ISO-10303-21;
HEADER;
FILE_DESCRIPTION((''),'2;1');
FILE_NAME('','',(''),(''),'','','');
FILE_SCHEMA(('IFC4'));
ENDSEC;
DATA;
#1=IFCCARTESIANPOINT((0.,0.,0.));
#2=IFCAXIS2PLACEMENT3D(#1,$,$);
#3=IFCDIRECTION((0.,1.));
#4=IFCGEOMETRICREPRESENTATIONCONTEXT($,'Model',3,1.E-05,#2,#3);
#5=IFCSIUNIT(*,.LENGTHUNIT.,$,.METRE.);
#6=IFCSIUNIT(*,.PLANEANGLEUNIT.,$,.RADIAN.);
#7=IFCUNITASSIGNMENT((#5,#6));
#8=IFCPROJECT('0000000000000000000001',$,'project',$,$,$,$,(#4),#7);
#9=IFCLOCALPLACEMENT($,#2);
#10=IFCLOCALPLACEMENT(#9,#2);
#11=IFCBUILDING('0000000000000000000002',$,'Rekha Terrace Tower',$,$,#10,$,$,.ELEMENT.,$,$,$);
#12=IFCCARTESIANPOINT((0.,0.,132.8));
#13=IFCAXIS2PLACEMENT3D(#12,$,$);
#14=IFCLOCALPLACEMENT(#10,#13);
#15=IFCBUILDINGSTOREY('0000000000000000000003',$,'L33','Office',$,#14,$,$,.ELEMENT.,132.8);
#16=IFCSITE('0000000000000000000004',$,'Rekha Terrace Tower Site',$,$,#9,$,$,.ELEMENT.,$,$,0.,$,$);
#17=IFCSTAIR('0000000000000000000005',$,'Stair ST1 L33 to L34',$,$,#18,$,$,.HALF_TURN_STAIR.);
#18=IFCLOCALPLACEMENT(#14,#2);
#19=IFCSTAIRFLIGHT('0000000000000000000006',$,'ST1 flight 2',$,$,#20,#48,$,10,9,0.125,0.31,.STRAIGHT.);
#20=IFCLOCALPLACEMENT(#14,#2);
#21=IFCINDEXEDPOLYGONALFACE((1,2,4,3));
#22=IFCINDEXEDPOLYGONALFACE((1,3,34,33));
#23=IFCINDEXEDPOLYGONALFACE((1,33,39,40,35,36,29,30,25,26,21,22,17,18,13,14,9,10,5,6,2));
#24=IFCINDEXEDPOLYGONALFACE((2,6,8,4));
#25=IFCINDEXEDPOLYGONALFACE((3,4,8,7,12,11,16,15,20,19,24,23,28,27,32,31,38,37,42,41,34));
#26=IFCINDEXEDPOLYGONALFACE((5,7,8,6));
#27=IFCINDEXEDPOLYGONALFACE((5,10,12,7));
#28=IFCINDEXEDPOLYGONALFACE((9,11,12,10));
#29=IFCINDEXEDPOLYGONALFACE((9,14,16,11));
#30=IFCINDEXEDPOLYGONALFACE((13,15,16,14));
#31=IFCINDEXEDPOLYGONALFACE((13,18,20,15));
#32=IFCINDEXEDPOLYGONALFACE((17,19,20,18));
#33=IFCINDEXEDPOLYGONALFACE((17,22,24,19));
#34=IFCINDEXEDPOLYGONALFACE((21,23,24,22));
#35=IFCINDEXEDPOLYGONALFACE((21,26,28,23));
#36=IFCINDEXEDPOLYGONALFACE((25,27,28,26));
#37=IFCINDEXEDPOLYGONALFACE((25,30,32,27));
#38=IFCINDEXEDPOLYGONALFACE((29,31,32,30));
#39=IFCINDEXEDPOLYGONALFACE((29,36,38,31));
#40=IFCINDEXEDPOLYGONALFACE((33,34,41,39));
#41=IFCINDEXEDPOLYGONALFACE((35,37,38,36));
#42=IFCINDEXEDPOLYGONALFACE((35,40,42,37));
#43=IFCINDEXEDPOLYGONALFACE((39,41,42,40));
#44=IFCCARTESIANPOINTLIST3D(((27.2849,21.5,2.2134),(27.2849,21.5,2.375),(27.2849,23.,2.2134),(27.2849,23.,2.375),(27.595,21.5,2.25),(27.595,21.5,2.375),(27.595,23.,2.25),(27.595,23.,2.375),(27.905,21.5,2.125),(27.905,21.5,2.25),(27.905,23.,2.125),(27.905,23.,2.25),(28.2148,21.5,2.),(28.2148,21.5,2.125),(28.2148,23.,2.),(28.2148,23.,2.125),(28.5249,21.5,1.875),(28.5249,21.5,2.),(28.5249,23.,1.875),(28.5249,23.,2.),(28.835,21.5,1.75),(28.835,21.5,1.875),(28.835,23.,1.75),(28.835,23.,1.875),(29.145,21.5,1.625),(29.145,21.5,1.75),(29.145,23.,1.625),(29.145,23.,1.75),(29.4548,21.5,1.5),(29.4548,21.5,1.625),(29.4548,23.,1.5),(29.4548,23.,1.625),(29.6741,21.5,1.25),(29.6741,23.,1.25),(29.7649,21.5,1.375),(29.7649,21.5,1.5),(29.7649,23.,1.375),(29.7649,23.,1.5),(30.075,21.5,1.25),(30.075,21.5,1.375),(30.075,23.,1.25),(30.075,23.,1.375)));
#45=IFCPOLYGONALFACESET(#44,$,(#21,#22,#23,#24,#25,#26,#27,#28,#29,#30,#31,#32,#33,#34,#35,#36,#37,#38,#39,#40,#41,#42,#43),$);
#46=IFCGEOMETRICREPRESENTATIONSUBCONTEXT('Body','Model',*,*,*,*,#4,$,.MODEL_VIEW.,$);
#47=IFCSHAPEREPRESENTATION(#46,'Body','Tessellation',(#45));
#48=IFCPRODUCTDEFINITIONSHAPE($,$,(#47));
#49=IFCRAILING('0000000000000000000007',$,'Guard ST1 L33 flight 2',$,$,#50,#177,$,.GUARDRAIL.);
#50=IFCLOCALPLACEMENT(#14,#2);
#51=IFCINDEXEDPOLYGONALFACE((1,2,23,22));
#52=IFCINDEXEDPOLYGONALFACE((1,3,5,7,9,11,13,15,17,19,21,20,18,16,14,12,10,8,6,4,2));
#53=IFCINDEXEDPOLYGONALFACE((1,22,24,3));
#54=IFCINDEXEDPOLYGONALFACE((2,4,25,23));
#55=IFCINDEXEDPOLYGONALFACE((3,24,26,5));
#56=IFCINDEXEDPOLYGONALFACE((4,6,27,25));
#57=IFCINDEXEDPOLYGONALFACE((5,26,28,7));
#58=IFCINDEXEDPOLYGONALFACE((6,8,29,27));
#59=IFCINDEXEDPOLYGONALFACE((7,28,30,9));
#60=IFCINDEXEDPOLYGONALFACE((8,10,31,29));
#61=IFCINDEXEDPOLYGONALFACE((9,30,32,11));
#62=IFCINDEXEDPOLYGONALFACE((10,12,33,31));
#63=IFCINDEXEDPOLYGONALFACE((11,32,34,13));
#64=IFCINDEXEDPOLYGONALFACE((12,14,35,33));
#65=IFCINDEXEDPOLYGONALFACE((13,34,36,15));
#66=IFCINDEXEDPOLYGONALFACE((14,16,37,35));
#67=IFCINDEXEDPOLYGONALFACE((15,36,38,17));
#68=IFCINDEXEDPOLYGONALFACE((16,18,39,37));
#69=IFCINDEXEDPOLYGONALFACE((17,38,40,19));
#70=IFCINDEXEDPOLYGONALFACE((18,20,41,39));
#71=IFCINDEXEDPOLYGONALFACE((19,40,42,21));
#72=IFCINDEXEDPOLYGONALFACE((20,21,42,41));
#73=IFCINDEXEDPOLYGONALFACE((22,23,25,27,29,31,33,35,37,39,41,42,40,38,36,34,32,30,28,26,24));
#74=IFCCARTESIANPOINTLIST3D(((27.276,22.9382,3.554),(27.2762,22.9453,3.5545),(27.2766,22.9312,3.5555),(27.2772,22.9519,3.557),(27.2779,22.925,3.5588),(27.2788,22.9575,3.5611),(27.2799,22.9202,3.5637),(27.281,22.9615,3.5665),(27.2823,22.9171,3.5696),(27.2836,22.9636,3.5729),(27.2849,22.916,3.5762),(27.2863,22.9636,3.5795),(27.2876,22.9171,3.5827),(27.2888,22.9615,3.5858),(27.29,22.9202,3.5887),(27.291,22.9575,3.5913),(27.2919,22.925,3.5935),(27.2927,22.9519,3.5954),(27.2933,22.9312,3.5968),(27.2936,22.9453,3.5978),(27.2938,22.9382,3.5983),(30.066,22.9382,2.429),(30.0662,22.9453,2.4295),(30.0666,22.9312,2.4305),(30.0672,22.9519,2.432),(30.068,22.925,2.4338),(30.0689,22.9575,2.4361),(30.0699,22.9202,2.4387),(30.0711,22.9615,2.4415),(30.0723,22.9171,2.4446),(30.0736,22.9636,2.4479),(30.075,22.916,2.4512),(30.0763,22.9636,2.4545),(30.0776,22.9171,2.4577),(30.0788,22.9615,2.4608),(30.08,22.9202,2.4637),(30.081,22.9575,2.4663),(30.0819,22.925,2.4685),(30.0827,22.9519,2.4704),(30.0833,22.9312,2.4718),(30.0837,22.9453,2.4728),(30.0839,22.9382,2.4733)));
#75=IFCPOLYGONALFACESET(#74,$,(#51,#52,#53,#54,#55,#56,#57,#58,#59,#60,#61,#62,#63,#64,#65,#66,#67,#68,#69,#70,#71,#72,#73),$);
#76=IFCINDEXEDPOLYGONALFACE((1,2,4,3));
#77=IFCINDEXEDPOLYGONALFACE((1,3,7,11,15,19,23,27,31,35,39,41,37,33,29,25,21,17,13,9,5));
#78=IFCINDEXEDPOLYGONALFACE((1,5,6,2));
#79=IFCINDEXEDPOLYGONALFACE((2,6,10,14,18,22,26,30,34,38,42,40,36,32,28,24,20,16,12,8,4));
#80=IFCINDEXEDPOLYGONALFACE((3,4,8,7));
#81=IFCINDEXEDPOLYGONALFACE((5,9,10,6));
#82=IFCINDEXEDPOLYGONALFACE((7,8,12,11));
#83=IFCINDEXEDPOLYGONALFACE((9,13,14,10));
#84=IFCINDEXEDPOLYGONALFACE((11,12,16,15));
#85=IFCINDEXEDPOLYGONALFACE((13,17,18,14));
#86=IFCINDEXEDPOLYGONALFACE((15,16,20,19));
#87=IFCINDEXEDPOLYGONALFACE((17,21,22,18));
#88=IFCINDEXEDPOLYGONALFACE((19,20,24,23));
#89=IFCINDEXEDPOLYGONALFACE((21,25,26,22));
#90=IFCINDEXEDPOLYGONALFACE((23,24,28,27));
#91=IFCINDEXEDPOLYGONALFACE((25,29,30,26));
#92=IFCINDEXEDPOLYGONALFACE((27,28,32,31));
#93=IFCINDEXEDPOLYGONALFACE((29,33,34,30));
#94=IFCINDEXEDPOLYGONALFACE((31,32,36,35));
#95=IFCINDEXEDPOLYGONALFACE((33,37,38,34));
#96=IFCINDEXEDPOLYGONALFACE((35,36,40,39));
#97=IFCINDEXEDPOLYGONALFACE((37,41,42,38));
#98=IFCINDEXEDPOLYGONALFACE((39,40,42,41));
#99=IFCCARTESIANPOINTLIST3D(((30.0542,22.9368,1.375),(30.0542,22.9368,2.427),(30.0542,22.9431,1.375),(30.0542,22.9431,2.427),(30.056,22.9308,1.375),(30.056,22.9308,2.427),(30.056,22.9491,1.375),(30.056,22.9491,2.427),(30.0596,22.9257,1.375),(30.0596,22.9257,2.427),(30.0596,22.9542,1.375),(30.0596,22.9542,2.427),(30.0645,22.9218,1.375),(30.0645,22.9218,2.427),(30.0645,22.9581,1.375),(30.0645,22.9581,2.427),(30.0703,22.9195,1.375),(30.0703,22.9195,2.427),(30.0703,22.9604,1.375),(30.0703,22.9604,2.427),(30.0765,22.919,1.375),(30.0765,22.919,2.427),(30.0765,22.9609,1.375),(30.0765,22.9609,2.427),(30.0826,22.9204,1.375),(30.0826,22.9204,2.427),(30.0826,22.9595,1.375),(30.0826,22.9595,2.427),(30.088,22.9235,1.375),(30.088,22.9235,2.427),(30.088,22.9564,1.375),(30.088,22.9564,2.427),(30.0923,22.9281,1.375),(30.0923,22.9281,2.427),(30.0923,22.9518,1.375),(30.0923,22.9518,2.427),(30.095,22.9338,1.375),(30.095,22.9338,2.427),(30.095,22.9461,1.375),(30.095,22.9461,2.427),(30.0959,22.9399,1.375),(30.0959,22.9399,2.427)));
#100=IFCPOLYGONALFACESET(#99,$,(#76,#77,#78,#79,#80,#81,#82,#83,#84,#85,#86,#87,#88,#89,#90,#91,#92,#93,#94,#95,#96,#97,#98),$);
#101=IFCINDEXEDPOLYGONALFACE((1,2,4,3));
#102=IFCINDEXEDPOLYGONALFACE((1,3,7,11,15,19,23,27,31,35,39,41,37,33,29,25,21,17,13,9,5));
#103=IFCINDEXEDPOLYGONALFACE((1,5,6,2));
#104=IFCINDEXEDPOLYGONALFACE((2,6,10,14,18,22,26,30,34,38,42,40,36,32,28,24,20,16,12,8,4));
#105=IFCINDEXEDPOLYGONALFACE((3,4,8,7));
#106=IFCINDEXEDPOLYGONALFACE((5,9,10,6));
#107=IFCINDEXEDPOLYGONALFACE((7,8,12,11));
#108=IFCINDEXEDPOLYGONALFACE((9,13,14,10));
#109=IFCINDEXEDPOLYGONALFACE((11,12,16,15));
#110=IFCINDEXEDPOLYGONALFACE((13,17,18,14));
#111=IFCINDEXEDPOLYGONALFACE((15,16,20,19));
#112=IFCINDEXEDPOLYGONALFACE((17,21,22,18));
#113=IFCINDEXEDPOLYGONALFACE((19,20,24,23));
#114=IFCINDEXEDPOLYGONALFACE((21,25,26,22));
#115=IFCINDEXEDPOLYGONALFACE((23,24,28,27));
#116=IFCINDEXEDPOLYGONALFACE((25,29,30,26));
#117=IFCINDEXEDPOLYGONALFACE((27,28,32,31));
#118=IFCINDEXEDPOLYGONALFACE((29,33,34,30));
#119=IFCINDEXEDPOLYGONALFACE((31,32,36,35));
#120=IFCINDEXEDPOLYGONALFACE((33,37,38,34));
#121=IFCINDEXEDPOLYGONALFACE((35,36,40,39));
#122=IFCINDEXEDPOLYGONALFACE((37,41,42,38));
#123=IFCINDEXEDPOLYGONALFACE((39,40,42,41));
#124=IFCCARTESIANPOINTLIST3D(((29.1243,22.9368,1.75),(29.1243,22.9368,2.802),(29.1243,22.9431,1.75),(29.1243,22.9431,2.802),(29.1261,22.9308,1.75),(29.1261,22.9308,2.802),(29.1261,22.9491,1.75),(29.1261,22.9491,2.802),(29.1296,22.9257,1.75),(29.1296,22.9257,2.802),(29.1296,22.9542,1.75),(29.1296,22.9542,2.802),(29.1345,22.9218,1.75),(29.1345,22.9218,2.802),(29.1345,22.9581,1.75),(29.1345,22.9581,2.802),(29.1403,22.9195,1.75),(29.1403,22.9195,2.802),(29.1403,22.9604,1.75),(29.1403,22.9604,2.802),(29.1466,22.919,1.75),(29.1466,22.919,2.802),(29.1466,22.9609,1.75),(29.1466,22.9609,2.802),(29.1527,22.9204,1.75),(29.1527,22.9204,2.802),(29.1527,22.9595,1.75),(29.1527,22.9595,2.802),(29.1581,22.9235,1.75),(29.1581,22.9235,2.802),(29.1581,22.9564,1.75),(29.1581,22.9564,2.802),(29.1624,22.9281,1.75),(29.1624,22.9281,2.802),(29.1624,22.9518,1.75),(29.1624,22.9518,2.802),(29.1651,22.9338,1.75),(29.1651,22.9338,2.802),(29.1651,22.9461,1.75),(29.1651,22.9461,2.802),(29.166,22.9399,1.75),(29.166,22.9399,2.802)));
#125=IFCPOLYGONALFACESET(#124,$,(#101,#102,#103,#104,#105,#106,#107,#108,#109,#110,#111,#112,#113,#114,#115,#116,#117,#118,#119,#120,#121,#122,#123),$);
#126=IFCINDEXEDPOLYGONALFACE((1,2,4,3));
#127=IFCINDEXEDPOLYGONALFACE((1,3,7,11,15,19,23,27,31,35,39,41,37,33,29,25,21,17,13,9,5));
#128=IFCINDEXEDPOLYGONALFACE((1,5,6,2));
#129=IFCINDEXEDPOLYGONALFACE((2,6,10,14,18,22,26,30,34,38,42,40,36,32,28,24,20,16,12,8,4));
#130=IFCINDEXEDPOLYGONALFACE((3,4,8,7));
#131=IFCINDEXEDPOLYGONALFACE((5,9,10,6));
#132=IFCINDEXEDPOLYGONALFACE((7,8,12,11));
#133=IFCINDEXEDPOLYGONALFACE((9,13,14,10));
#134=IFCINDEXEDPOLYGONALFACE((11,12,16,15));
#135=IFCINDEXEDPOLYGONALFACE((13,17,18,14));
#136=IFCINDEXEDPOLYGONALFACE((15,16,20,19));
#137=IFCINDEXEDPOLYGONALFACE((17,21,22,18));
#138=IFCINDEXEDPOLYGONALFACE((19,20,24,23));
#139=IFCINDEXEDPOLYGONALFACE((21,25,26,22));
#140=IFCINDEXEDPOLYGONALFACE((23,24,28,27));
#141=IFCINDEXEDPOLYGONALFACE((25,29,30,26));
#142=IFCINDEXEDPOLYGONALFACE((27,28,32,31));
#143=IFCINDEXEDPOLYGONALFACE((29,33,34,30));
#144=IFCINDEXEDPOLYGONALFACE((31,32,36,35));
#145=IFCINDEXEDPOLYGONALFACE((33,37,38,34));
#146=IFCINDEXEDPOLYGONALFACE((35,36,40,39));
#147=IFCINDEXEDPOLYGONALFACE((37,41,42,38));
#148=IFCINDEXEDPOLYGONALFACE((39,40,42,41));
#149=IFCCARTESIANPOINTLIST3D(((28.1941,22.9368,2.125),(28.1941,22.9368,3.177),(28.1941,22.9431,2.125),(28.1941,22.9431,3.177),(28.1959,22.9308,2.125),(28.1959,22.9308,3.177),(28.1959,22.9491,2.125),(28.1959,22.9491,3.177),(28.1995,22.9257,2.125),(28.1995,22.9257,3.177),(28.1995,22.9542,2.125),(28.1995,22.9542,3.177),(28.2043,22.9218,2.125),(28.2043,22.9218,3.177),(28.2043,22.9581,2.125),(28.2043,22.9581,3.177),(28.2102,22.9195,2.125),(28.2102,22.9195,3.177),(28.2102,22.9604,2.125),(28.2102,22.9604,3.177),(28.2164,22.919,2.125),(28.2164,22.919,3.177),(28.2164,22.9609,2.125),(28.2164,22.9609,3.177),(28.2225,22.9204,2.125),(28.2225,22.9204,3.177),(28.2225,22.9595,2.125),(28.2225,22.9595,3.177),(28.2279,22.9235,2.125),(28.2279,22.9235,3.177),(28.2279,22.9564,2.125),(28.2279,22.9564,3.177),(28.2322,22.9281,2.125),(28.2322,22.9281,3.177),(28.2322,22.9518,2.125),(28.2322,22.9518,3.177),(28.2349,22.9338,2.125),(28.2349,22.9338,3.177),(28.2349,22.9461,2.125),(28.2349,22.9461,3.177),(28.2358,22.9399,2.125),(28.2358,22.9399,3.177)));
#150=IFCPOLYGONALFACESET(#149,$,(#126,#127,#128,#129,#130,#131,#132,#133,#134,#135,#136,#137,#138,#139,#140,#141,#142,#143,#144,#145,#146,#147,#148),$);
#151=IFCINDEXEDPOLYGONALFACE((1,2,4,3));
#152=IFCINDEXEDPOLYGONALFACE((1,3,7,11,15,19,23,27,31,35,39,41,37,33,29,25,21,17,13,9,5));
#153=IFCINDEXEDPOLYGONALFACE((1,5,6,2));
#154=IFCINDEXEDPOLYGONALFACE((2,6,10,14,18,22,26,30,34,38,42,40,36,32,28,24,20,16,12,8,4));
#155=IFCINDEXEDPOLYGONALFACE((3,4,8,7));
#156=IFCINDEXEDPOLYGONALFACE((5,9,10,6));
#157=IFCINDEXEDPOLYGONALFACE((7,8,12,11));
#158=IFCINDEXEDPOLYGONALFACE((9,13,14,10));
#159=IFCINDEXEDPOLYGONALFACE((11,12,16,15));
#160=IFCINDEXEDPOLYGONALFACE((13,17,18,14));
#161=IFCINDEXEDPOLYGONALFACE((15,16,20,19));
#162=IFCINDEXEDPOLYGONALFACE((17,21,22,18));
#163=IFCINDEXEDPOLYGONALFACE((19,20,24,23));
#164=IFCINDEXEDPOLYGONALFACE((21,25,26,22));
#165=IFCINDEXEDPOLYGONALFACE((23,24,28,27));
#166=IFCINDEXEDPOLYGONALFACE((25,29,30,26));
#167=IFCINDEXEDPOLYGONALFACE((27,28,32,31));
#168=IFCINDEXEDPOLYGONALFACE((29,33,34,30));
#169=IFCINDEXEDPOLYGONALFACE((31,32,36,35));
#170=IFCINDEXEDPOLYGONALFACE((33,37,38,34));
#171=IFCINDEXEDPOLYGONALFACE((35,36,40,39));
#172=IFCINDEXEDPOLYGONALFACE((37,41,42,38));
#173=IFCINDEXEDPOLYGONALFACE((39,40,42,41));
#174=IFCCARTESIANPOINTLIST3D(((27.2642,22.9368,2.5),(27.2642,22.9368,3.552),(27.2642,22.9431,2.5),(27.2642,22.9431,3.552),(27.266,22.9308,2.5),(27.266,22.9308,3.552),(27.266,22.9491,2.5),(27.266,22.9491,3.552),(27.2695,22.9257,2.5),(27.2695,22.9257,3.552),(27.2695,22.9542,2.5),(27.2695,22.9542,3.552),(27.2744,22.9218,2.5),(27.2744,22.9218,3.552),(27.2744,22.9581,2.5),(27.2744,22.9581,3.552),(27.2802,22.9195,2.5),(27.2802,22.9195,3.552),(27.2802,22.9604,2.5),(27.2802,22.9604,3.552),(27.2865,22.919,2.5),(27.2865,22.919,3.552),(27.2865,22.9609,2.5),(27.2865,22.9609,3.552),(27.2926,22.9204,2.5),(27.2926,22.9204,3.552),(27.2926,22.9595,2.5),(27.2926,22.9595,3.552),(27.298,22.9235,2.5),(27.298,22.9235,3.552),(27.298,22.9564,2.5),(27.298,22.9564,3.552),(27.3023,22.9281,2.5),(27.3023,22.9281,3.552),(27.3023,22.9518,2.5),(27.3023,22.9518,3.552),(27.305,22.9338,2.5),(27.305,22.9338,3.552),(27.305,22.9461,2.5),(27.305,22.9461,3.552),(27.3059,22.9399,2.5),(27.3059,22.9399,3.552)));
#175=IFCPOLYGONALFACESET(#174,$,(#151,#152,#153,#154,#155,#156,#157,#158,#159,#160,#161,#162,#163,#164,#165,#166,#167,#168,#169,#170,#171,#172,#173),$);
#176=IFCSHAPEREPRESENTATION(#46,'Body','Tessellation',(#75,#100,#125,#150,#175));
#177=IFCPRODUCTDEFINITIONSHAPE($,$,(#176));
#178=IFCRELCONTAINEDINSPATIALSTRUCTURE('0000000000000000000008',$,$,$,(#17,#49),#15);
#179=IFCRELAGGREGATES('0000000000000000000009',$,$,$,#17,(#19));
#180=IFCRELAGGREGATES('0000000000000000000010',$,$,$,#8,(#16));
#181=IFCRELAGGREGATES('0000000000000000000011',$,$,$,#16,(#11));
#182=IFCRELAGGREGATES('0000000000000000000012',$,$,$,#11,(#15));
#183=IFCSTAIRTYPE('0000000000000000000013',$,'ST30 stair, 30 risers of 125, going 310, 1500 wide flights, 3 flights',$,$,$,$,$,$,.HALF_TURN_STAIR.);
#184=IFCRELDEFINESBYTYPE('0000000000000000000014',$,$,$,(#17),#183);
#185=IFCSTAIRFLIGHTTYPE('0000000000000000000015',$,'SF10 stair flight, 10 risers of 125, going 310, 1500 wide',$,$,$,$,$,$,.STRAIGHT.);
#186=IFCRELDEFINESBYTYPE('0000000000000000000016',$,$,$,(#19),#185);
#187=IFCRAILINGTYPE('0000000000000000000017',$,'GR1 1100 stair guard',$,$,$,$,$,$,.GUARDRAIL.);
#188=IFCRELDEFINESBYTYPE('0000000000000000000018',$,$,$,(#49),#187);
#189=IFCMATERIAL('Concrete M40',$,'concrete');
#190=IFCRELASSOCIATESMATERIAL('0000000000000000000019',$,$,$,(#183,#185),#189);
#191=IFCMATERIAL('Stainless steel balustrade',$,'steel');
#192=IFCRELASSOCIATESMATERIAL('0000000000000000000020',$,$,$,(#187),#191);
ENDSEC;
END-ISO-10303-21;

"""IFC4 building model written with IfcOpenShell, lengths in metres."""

from ifc_helpers import new_model, si_unit, direction, frame, origin, origin_2d, place, context, subcontext, project, spatial, polyline, circle, outline, extrude, material, type_object, element, aggregate, save


model = new_model("IFC4")

# Units and contexts
model_context = context("Model", 3, precision=1e-05, world=origin(), true_north=direction((0.0, 1.0)))
body_context = subcontext(model_context, "Body", "Model", "MODEL_VIEW")
ifc_project = project(units=[si_unit("LENGTHUNIT", "METRE"), si_unit("PLANEANGLEUNIT", "RADIAN")], contexts=[model_context])

# Site, building, storey
site_placement = place(None, origin())
site = spatial("IfcSite", under=ifc_project, at=site_placement, Name="Rekha Terrace Tower Site", CompositionType="ELEMENT", RefElevation=0.0)
building_placement = place(site_placement, origin())
building = spatial("IfcBuilding", under=site, at=building_placement, Name="Rekha Terrace Tower", CompositionType="ELEMENT")
storey_placement = place(building_placement, frame((0.0, 0.0, 132.8)))
storey = spatial("IfcBuildingStorey", under=building, at=storey_placement, Name="L33", Description="Office", CompositionType="ELEMENT", Elevation=132.8)

# Stair, stair flight
ifc_material_1 = material(Name="Concrete M40", Category="concrete")
stair_type = type_object("IfcStairType", Name="ST30 stair, 30 risers of 125, going 310, 1500 wide flights, 3 flights", PredefinedType="HALF_TURN_STAIR", material=ifc_material_1)
stair_placement = place(storey_placement, origin())
stair = element("IfcStair", 1, at=stair_placement, inside=storey, type_object=stair_type, Name="Stair ST1 L33 to L34", PredefinedType="HALF_TURN_STAIR")
stair_flight_type = type_object("IfcStairFlightType", Name="SF10 stair flight, 10 risers of 125, going 310, 1500 wide", PredefinedType="STRAIGHT", material=ifc_material_1)
stair_flight_placement = place(storey_placement, frame((30.075, 22.25, 1.25), z_axis=(0.0, 0.0, 1.0), x_axis=(-1.0, 0.0, 0.0)))
stair_flight = element("IfcStairFlight", 2, at=stair_flight_placement, type_object=stair_flight_type, Name="ST1 flight 2", NumberOfRisers=10, NumberOfTreads=9, PredefinedType="STRAIGHT", RiserHeight=0.125, TreadLength=0.31, context=body_context, shape_type="SweptSolid", body=[
    extrude(outline(polyline([(0.0, 0.0), (0.0, 0.125), (0.3101, 0.125), (0.3101, 0.25), (0.6201, 0.25), (0.6201, 0.375), (0.9299, 0.375), (0.9299, 0.5), (1.24, 0.5), (1.24, 0.625), (1.55, 0.625), (1.55, 0.75), (1.8601, 0.75), (1.8601, 0.875), (2.1699, 0.875), (2.1699, 1.0), (2.48, 1.0), (2.48, 1.125), (2.79, 1.125), (2.79, 1.25), (2.79, 0.9634), (0.4009, 0.0), (0.0, 0.0)])), frame((0.0, 0.75, 0.0), z_axis=(0.0, -1.0, 0.0), x_axis=(1.0, 0.0, 0.0)), (0.0, 0.0, 1.0), 1.5),
])
aggregate(stair, [stair_flight])

# Railing
ifc_material_2 = material(Name="Stainless steel balustrade", Category="steel")
railing_type_1 = type_object("IfcRailingType", Name="GR1 1100 stair guard", PredefinedType="GUARDRAIL", material=ifc_material_2)
railing_1_placement = place(storey_placement, frame((30.075, 22.9399, 1.375)))
element("IfcRailing", 3, at=railing_1_placement, inside=storey, type_object=railing_type_1, Name="Guard ST1 L33 flight 2", PredefinedType="GUARDRAIL", context=body_context, shape_type="SweptSolid", body=[
    extrude(circle(Radius=0.0239, at=origin_2d()), frame((0.0, 0.0, 1.0762), z_axis=(-0.927443, 0.0, 0.373964), x_axis=(0.0, -1.0, 0.0)), (0.0, 0.0, 1.0), 3.0083),
    extrude(circle(Radius=0.021, at=origin_2d()), origin(), (0.0, 0.0, 1.0), 1.052),
    extrude(circle(Radius=0.021, at=origin_2d()), frame((-0.9299, 0.0, 0.375)), (0.0, 0.0, 1.0), 1.052),
    extrude(circle(Radius=0.021, at=origin_2d()), frame((-1.8601, 0.0, 0.75)), (0.0, 0.0, 1.0), 1.052),
    extrude(circle(Radius=0.021, at=origin_2d()), frame((-2.79, 0.0, 1.125)), (0.0, 0.0, 1.0), 1.052),
])

save(model, "model.ifc")
